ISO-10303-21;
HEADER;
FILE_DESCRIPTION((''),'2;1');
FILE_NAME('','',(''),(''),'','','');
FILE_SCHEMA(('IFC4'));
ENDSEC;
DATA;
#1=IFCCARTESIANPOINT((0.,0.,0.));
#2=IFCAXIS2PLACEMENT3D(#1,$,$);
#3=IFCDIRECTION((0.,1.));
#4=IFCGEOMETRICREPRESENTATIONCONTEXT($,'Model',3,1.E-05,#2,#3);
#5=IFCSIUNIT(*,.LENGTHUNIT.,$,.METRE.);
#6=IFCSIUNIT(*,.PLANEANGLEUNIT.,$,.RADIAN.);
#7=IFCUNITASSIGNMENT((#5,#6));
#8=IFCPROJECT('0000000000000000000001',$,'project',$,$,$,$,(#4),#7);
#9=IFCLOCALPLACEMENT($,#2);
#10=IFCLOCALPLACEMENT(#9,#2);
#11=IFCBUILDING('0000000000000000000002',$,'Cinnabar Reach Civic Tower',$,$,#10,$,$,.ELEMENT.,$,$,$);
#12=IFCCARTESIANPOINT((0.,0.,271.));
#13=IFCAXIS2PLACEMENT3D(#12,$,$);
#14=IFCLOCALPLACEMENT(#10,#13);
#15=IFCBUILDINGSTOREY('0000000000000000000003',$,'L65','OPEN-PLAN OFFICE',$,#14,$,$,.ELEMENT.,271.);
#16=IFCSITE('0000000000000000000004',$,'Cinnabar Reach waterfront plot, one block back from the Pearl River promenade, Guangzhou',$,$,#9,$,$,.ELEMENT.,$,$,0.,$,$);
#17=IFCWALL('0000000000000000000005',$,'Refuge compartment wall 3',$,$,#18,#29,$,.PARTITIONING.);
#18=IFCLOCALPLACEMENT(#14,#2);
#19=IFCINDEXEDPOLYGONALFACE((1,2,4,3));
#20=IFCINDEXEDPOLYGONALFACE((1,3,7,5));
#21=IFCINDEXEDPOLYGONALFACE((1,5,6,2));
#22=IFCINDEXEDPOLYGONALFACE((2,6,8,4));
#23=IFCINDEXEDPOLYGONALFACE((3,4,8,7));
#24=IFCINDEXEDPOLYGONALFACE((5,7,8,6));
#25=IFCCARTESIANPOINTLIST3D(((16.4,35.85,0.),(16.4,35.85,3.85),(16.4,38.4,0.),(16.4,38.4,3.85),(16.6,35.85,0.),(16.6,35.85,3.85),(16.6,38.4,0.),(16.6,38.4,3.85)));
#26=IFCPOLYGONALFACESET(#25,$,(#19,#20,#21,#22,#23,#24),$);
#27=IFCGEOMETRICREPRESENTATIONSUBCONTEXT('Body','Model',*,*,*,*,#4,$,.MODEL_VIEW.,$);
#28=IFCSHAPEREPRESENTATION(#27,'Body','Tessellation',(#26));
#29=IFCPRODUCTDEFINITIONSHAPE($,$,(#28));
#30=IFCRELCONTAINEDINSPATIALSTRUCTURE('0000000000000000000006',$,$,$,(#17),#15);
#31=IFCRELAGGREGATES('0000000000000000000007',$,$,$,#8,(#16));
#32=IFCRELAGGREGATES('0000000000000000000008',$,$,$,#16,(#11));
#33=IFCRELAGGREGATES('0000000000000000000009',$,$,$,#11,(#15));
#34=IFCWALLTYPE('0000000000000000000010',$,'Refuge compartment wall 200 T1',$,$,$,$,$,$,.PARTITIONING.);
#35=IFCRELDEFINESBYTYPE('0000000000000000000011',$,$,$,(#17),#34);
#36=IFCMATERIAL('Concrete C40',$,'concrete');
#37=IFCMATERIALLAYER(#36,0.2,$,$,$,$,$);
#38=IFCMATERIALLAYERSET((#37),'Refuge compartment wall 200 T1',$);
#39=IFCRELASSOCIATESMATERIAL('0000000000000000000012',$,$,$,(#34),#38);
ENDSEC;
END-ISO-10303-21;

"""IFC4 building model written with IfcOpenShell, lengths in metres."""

from ifc_helpers import new_model, si_unit, direction, frame, frame_2d, origin, place, context, subcontext, project, spatial, rectangle, extrude, material, layer, layer_set, type_object, element, save


model = new_model("IFC4")

# Units and contexts
model_context = context("Model", 3, precision=1e-05, world=origin(), true_north=direction((0.0, 1.0)))
body_context = subcontext(model_context, "Body", "Model", "MODEL_VIEW")
ifc_project = project(units=[si_unit("LENGTHUNIT", "METRE"), si_unit("PLANEANGLEUNIT", "RADIAN")], contexts=[model_context])

# Site, building, storey
site_placement = place(None, origin())
site = spatial("IfcSite", under=ifc_project, at=site_placement, Name="Cinnabar Reach waterfront plot, one block back from the Pearl River promenade, Guangzhou", CompositionType="ELEMENT", RefElevation=0.0)
building_placement = place(site_placement, origin())
building = spatial("IfcBuilding", under=site, at=building_placement, Name="Cinnabar Reach Civic Tower", CompositionType="ELEMENT")
storey_placement = place(building_placement, frame((0.0, 0.0, 271.0)))
storey = spatial("IfcBuildingStorey", under=building, at=storey_placement, Name="L65", Description="OPEN-PLAN OFFICE", CompositionType="ELEMENT", Elevation=271.0)

# Wall
ifc_material_1 = material(Name="Concrete C40", Category="concrete")
ifc_layer_1 = layer(ifc_material_1, 0.2)
ifc_layer_set_1 = layer_set([ifc_layer_1], Name="Refuge compartment wall 200 T1")
wall_type_1 = type_object("IfcWallType", Name="Refuge compartment wall 200 T1", PredefinedType="PARTITIONING", material=ifc_layer_set_1)
wall_1_placement = place(storey_placement, frame((16.5, 35.85, 0.0), z_axis=(0.0, 0.0, 1.0), x_axis=(0.0, 1.0, 0.0)))
element("IfcWall", 1, at=wall_1_placement, inside=storey, type_object=wall_type_1, Name="Refuge compartment wall 3", PredefinedType="PARTITIONING", context=body_context, shape_type="SweptSolid", body=[
    extrude(rectangle(XDim=2.55, YDim=0.2, at=frame_2d((1.275, 0.0))), origin(), (0.0, 0.0, 1.0), 3.85),
])

save(model, "model.ifc")
